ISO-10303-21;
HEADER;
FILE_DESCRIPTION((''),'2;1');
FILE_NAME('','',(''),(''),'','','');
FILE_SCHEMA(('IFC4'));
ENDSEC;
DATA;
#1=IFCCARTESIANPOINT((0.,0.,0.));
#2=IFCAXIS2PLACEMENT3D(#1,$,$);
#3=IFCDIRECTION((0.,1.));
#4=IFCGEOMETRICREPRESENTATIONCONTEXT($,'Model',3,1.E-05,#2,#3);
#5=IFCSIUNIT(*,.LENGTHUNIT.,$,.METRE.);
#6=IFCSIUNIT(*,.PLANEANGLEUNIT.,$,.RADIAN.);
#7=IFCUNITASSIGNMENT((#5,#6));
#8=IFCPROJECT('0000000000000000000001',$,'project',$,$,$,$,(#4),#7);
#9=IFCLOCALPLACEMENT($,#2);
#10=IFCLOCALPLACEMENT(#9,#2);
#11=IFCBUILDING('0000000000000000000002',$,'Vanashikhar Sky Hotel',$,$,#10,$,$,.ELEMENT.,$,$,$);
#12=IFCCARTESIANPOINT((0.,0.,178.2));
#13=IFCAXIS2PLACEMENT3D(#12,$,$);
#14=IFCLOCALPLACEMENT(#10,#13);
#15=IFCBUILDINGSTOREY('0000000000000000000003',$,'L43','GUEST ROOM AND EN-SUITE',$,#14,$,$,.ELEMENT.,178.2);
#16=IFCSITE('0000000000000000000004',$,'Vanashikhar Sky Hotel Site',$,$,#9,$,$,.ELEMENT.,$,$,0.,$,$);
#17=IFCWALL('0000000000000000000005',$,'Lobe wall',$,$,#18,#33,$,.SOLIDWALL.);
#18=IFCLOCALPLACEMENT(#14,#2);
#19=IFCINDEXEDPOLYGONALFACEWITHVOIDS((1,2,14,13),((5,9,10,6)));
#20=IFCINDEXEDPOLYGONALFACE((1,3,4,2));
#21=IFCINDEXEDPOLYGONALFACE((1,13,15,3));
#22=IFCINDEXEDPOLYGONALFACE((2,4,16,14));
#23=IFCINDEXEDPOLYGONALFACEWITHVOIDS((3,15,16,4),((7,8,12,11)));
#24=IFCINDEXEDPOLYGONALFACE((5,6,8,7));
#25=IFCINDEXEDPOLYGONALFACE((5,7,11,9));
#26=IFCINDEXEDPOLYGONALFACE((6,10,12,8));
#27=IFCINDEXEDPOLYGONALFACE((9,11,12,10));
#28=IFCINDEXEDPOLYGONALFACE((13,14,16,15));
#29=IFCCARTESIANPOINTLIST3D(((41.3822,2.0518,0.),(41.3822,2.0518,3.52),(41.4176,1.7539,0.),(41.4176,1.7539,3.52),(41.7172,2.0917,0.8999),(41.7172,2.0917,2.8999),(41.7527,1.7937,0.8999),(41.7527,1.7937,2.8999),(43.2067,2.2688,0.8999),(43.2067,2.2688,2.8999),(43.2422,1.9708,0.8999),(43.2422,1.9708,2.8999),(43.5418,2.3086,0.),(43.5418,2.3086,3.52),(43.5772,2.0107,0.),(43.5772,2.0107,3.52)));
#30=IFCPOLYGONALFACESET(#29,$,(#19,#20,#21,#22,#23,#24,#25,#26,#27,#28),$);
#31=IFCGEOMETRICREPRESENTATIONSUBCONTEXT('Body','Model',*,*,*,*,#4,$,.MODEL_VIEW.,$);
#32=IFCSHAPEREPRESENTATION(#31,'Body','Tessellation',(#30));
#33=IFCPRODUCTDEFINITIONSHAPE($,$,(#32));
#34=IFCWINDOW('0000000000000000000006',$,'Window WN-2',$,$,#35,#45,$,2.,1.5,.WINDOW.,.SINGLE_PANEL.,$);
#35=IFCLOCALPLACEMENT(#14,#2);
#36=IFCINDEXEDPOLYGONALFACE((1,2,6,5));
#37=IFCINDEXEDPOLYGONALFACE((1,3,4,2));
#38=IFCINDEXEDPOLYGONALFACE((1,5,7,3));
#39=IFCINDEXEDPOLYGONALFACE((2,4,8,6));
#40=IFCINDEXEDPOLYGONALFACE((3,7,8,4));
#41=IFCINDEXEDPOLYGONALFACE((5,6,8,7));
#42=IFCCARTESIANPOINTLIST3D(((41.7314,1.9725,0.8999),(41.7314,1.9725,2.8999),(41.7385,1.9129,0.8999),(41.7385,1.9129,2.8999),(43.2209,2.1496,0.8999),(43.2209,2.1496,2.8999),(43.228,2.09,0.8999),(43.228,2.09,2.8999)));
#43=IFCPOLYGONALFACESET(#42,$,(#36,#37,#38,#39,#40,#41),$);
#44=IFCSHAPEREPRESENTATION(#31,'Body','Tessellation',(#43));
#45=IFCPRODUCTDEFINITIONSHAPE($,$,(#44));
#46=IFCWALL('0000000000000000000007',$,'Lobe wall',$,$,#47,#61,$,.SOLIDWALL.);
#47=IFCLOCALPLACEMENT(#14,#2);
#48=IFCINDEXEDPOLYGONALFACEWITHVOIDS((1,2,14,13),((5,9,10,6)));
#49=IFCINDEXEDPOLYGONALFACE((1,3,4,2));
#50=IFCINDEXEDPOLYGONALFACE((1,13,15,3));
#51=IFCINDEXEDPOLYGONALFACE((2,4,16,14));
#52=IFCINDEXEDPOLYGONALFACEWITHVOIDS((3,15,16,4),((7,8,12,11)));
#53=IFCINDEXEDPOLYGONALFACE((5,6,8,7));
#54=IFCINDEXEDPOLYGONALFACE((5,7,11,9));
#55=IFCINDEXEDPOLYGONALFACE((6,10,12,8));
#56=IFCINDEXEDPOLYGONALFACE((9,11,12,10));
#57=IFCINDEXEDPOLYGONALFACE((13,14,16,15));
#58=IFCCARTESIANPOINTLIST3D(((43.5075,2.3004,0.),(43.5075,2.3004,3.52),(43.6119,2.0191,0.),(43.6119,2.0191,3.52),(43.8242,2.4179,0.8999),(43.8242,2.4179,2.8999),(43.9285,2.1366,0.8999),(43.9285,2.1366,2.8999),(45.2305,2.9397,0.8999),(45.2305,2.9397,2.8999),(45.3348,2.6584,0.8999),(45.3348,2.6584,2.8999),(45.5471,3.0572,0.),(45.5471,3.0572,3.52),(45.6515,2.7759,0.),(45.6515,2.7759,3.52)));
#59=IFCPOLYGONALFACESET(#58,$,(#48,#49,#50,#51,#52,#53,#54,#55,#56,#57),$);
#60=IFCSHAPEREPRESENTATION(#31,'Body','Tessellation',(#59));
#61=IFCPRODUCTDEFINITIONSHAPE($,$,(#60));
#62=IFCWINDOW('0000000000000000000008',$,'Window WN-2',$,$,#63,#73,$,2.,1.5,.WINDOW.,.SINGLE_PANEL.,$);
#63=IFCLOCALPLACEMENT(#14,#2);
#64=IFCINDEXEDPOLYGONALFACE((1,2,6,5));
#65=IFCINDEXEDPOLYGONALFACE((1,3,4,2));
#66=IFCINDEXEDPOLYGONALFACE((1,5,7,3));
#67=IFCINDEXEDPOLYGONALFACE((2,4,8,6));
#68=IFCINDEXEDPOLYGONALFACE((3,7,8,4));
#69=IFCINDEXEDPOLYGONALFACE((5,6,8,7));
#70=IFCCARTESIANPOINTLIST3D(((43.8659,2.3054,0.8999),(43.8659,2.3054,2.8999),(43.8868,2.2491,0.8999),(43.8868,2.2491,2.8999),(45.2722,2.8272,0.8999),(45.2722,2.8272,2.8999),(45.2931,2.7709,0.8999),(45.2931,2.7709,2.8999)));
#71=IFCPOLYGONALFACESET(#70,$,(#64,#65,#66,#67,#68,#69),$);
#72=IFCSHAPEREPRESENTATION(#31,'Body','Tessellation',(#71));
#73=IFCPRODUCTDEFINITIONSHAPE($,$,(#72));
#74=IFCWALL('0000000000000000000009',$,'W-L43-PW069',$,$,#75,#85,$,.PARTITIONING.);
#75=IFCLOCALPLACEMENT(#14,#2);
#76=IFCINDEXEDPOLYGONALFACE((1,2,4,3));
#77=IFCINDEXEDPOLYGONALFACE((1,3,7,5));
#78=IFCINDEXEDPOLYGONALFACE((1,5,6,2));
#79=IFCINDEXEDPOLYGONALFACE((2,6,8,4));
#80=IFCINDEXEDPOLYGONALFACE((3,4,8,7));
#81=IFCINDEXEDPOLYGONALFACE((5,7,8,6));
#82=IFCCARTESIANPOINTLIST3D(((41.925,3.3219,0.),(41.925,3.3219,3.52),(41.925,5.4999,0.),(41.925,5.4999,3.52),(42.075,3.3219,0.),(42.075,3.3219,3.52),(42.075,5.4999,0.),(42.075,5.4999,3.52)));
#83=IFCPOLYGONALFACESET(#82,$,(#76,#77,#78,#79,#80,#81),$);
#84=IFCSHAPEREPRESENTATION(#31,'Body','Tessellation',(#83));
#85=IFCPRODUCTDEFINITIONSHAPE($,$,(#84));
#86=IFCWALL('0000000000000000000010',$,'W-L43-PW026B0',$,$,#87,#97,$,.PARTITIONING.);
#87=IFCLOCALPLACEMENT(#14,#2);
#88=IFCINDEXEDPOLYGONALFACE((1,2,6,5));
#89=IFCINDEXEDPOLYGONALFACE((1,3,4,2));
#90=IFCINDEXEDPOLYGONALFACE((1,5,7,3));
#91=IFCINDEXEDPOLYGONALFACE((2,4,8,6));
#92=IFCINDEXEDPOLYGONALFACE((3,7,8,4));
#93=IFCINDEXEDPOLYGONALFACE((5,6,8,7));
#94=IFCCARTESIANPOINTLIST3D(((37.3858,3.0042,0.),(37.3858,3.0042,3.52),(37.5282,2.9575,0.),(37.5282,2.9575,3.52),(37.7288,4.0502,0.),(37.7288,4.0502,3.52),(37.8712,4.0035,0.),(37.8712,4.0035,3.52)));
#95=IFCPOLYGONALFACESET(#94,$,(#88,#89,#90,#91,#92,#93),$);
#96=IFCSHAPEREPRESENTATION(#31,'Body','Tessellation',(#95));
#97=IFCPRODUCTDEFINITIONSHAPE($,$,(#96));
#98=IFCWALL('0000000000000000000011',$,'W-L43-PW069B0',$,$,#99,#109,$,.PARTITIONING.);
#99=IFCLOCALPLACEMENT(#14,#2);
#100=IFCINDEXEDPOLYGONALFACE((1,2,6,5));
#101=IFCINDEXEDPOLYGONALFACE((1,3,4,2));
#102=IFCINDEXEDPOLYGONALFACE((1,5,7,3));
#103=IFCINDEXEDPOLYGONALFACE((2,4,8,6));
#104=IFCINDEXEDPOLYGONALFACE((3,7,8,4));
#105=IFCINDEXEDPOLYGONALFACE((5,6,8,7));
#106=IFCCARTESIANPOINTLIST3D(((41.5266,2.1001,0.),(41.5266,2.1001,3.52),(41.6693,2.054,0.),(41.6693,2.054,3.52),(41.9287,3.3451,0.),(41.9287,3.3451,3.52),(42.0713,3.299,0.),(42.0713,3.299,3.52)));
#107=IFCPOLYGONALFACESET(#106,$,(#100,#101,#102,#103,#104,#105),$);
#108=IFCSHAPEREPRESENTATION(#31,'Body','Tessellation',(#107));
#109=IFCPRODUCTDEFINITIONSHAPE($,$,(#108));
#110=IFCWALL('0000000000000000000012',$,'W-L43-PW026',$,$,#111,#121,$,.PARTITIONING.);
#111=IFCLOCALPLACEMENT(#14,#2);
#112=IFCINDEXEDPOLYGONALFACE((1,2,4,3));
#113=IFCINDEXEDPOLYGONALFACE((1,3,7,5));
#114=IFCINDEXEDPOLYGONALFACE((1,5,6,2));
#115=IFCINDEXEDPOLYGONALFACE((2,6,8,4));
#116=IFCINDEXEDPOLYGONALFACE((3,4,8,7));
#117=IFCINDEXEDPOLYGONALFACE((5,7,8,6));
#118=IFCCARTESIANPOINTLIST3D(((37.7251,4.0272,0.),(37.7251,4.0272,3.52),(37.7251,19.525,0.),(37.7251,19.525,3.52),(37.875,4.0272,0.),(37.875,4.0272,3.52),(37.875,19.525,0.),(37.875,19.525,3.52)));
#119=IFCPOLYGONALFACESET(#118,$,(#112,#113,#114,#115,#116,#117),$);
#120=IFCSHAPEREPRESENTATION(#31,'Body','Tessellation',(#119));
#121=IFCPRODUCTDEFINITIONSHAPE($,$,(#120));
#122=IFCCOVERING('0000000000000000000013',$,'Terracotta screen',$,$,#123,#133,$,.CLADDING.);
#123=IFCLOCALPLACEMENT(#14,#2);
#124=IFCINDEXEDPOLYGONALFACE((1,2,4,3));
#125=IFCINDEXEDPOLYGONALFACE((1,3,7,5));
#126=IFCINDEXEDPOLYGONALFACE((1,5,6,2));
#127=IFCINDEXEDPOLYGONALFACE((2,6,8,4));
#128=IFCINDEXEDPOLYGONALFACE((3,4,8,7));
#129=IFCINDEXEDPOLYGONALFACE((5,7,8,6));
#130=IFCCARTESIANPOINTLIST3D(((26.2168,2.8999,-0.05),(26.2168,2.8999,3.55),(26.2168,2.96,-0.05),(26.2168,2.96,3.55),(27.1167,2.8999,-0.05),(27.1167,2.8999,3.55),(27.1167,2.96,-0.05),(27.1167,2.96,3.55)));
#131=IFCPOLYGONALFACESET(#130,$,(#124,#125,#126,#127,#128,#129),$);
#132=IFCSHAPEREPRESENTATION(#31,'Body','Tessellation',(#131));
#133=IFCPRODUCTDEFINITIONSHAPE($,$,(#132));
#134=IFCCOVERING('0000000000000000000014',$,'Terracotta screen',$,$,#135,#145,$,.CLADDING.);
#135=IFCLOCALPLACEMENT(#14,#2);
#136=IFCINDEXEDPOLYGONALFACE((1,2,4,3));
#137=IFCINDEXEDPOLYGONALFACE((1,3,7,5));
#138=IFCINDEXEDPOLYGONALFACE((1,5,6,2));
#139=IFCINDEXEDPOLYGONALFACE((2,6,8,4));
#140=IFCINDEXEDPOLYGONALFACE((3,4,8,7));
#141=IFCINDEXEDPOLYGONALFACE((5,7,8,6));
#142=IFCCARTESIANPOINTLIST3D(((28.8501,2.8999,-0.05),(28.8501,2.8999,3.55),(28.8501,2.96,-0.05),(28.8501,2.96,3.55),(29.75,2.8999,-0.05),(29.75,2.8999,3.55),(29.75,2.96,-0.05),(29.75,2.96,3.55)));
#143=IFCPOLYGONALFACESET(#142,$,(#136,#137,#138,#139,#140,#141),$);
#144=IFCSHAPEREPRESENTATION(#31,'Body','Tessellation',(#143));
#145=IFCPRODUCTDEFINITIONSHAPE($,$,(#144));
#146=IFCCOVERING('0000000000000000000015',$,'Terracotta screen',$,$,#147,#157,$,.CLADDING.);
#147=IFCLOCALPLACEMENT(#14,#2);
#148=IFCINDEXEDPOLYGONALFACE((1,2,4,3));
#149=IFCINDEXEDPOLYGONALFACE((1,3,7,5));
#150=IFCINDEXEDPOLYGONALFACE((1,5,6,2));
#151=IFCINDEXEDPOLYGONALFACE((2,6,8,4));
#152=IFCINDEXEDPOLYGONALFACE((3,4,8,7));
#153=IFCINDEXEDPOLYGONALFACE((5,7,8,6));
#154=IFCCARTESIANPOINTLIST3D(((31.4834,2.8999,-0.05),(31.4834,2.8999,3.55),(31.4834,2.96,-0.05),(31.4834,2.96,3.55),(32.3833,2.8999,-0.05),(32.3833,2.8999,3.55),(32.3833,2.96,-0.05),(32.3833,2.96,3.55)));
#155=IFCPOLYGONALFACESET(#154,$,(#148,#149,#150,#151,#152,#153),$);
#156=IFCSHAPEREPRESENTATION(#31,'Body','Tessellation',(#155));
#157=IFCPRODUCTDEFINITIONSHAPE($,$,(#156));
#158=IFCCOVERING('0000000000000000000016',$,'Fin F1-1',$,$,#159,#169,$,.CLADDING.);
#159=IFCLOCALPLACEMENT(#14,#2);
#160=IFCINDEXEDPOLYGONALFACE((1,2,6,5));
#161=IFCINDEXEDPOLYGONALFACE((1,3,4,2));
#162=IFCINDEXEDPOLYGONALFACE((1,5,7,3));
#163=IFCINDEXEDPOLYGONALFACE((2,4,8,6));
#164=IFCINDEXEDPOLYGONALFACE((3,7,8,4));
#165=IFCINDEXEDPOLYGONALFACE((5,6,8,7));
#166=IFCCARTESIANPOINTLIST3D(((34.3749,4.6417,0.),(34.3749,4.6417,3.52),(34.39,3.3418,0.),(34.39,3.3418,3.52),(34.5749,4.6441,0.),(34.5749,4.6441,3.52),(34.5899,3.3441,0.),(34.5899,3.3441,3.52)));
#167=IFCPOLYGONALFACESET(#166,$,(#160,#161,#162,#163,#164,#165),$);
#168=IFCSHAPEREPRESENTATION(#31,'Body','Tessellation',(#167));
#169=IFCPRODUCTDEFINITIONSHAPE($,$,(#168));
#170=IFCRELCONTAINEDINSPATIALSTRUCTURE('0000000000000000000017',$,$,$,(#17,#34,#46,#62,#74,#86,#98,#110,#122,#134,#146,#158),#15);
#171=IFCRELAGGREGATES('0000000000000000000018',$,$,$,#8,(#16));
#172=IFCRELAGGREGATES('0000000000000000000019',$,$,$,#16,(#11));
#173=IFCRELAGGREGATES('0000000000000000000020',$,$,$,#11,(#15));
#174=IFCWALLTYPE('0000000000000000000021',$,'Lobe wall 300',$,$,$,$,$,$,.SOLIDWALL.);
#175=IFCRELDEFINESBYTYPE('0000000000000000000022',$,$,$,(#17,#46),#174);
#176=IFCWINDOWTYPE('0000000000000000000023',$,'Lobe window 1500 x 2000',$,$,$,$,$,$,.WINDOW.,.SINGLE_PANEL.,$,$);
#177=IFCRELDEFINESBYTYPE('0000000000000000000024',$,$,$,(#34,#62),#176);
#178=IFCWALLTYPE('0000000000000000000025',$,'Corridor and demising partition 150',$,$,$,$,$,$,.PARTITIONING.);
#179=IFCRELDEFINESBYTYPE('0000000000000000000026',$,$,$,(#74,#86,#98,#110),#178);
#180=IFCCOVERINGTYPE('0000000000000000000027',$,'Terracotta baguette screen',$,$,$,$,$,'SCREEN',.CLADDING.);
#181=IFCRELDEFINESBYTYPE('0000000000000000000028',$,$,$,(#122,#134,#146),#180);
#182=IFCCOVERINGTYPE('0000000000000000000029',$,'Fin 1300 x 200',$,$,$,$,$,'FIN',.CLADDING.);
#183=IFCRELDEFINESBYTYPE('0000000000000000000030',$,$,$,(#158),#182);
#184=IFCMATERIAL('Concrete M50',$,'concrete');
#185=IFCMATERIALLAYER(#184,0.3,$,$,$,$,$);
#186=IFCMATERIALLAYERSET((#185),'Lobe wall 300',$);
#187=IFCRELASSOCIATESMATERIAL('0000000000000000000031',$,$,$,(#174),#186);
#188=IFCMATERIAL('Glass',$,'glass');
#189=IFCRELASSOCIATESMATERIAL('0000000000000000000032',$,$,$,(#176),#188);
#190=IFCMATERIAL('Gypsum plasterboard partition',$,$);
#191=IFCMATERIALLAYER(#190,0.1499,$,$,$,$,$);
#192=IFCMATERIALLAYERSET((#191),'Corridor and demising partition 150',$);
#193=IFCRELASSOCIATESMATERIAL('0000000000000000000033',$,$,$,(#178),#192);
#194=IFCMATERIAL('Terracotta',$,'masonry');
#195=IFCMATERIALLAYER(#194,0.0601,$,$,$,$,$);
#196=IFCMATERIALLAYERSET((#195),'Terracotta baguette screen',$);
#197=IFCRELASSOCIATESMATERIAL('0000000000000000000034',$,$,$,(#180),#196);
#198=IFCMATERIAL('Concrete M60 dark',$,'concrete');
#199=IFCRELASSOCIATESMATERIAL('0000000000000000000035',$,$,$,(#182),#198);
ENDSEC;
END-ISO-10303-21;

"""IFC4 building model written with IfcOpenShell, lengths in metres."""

from ifc_helpers import new_model, si_unit, direction, frame, frame_2d, origin, origin_2d, place, context, subcontext, project, spatial, rectangle, extrude, source, transform, mapped, material, layer, layer_set, material_profile, profile_set, type_object, element, fill, save


model = new_model("IFC4")

# Units and contexts
model_context = context("Model", 3, precision=1e-05, world=origin(), true_north=direction((0.0, 1.0)))
body_context = subcontext(model_context, "Body", "Model", "MODEL_VIEW")
ifc_project = project(units=[si_unit("LENGTHUNIT", "METRE"), si_unit("PLANEANGLEUNIT", "RADIAN")], contexts=[model_context])

# Site, building, storey
site_placement = place(None, origin())
site = spatial("IfcSite", under=ifc_project, at=site_placement, Name="Vanashikhar Sky Hotel Site", CompositionType="ELEMENT", RefElevation=0.0)
building_placement = place(site_placement, origin())
building = spatial("IfcBuilding", under=site, at=building_placement, Name="Vanashikhar Sky Hotel", CompositionType="ELEMENT")
storey_placement = place(building_placement, frame((0.0, 0.0, 178.2)))
storey = spatial("IfcBuildingStorey", under=building, at=storey_placement, Name="L43", Description="GUEST ROOM AND EN-SUITE", CompositionType="ELEMENT", Elevation=178.2)

# Walls, openings, windows
ifc_material_1 = material(Name="Concrete M50", Category="concrete")
ifc_layer_1 = layer(ifc_material_1, 0.3)
ifc_layer_set_1 = layer_set([ifc_layer_1], Name="Lobe wall 300")
wall_type_1 = type_object("IfcWallType", Name="Lobe wall 300", PredefinedType="SOLIDWALL", material=ifc_layer_set_1)
shared_shape_1 = source(origin(), body_context, "Body", "SweptSolid", [
    extrude(rectangle(XDim=1.5, YDim=2.0, at=frame_2d((0.75, 1.0))), frame((0.0, 0.1602, 0.0), z_axis=(0.0, -1.0, 0.0), x_axis=(1.0, 0.0, 0.0)), (0.0, 0.0, 1.0), 0.3201),
])
ifc_material_2 = material(Name="Glass", Category="glass")
window_type = type_object("IfcWindowType", Name="Lobe window 1500 x 2000", PartitioningType="SINGLE_PANEL", PredefinedType="WINDOW", material=ifc_material_2)
shared_shape_2 = source(origin(), body_context, "Body", "SweptSolid", [
    extrude(rectangle(XDim=1.5, YDim=2.0, at=frame_2d((0.75, 1.0))), frame((0.0, 0.03, 0.0), z_axis=(0.0, -1.0, 0.0), x_axis=(1.0, 0.0, 0.0)), (0.0, 0.0, 1.0), 0.0601),
])
shared_shape_3 = source(origin(), body_context, "Body", "SweptSolid", [
    extrude(rectangle(XDim=2.1748, YDim=0.3, at=frame_2d((1.0874, 0.0))), origin(), (0.0, 0.0, 1.0), 3.52),
])
wall_1_placement = place(storey_placement, frame((41.3999, 1.9028, 0.0), z_axis=(0.0, 0.0, 1.0), x_axis=(0.993003, 0.118092, 0.0)))
wall_1 = element("IfcWall", 1, at=wall_1_placement, inside=storey, type_object=wall_type_1, Name="Lobe wall", PredefinedType="SOLIDWALL", context=body_context, shape_type="MappedRepresentation", body=[
    mapped(shared_shape_3, transform((0.0, 0.0, 0.0), scale=1.0)),
])
opening_1_placement = place(wall_1_placement, frame((0.3374, 0.0, 0.8999)))
opening_1 = element("IfcOpeningElement", 2, at=opening_1_placement, cuts=wall_1, PredefinedType="OPENING", context=body_context, shape_type="MappedRepresentation", body=[
    mapped(shared_shape_1, transform((0.0, 0.0, 0.0), scale=1.0)),
])
window_1_placement = place(opening_1_placement, origin())
window_1 = element("IfcWindow", 3, at=window_1_placement, inside=storey, type_object=window_type, Name="Window WN-2", OverallHeight=2.0, OverallWidth=1.5, PartitioningType="SINGLE_PANEL", PredefinedType="WINDOW", context=body_context, shape_type="MappedRepresentation", body=[
    mapped(shared_shape_2, transform((0.0, 0.0, 0.0), scale=1.0)),
])
fill(opening_1, window_1)
shared_shape_4 = source(origin(), body_context, "Body", "SweptSolid", [
    extrude(rectangle(XDim=2.1755, YDim=0.3, at=frame_2d((1.0879, 0.0))), origin(), (0.0, 0.0, 1.0), 3.52),
])
wall_2_placement = place(storey_placement, frame((43.5596, 2.1597, 0.0), z_axis=(0.0, 0.0, 1.0), x_axis=(0.937532, 0.347899, 0.0)))
wall_2 = element("IfcWall", 4, at=wall_2_placement, inside=storey, type_object=wall_type_1, Name="Lobe wall", PredefinedType="SOLIDWALL", context=body_context, shape_type="MappedRepresentation", body=[
    mapped(shared_shape_4, transform((0.0, 0.0, 0.0), scale=1.0)),
])
opening_2_placement = place(wall_2_placement, frame((0.3379, 0.0, 0.8999)))
opening_2 = element("IfcOpeningElement", 5, at=opening_2_placement, cuts=wall_2, PredefinedType="OPENING", context=body_context, shape_type="MappedRepresentation", body=[
    mapped(shared_shape_1, transform((0.0, 0.0, 0.0), scale=1.0)),
])
window_2_placement = place(opening_2_placement, origin())
window_2 = element("IfcWindow", 6, at=window_2_placement, inside=storey, type_object=window_type, Name="Window WN-2", OverallHeight=2.0, OverallWidth=1.5, PartitioningType="SINGLE_PANEL", PredefinedType="WINDOW", context=body_context, shape_type="MappedRepresentation", body=[
    mapped(shared_shape_2, transform((0.0, 0.0, 0.0), scale=1.0)),
])
fill(opening_2, window_2)

# Walls
ifc_material_3 = material(Name="Gypsum plasterboard partition")
ifc_layer_2 = layer(ifc_material_3, 0.1499)
ifc_layer_set_2 = layer_set([ifc_layer_2], Name="Corridor and demising partition 150")
wall_type_2 = type_object("IfcWallType", Name="Corridor and demising partition 150", PredefinedType="PARTITIONING", material=ifc_layer_set_2)
shared_shape_5 = source(origin(), body_context, "Body", "SweptSolid", [
    extrude(rectangle(XDim=2.178, YDim=0.1499, at=frame_2d((1.0889, 0.0))), origin(), (0.0, 0.0, 1.0), 3.52),
])
wall_3_placement = place(storey_placement, frame((42.0, 3.322, 0.0), z_axis=(0.0, 0.0, 1.0), x_axis=(0.0, 1.0, 0.0)))
element("IfcWall", 7, at=wall_3_placement, inside=storey, type_object=wall_type_2, Name="W-L43-PW069", PredefinedType="PARTITIONING", context=body_context, shape_type="MappedRepresentation", body=[
    mapped(shared_shape_5, transform((0.0, 0.0, 0.0), scale=1.0)),
])
shared_shape_6 = source(origin(), body_context, "Body", "SweptSolid", [
    extrude(rectangle(XDim=1.1008, YDim=0.1499, at=frame_2d((0.5503, 0.0))), origin(), (0.0, 0.0, 1.0), 3.52),
])
wall_4_placement = place(storey_placement, frame((37.457, 2.981, 0.0), z_axis=(0.0, 0.0, 1.0), x_axis=(0.311567, 0.950224, 0.0)))
element("IfcWall", 8, at=wall_4_placement, inside=storey, type_object=wall_type_2, Name="W-L43-PW026B0", PredefinedType="PARTITIONING", context=body_context, shape_type="MappedRepresentation", body=[
    mapped(shared_shape_6, transform((0.0, 0.0, 0.0), scale=1.0)),
])
shared_shape_7 = source(origin(), body_context, "Body", "SweptSolid", [
    extrude(rectangle(XDim=1.3083, YDim=0.1499, at=frame_2d((0.6543, 0.0))), origin(), (0.0, 0.0, 1.0), 3.52),
])
wall_5_placement = place(storey_placement, frame((41.5979, 2.0769, 0.0), z_axis=(0.0, 0.0, 1.0), x_axis=(0.307314, 0.951608, 0.0)))
element("IfcWall", 9, at=wall_5_placement, inside=storey, type_object=wall_type_2, Name="W-L43-PW069B0", PredefinedType="PARTITIONING", context=body_context, shape_type="MappedRepresentation", body=[
    mapped(shared_shape_7, transform((0.0, 0.0, 0.0), scale=1.0)),
])
shared_shape_8 = source(origin(), body_context, "Body", "SweptSolid", [
    extrude(rectangle(XDim=15.4978, YDim=0.1499, at=frame_2d((7.749, 0.0))), origin(), (0.0, 0.0, 1.0), 3.52),
])
wall_6_placement = place(storey_placement, frame((37.8, 4.0271, 0.0), z_axis=(0.0, 0.0, 1.0), x_axis=(0.0, 1.0, 0.0)))
element("IfcWall", 10, at=wall_6_placement, inside=storey, type_object=wall_type_2, Name="W-L43-PW026", PredefinedType="PARTITIONING", context=body_context, shape_type="MappedRepresentation", body=[
    mapped(shared_shape_8, transform((0.0, 0.0, 0.0), scale=1.0)),
])

# Coverings
ifc_material_4 = material(Name="Terracotta", Category="masonry")
ifc_layer_3 = layer(ifc_material_4, 0.0601)
ifc_layer_set_3 = layer_set([ifc_layer_3], Name="Terracotta baguette screen")
covering_type_1 = type_object("IfcCoveringType", Name="Terracotta baguette screen", ElementType="SCREEN", PredefinedType="CLADDING", material=ifc_layer_set_3)
shared_shape_9 = source(origin(), body_context, "Body", "SweptSolid", [
    extrude(rectangle(XDim=0.8999, YDim=0.0601, at=origin_2d()), origin(), (0.0, 0.0, 1.0), 3.6001),
])
for number, where, z_axis, x_axis, name in (
    (11, (26.6667, 2.9299, -0.05), (0.0, 0.0, 1.0), (1.0, 0.0, 0.0), "Terracotta screen"),
    (12, (29.3, 2.9299, -0.05), (0.0, 0.0, 1.0), (1.0, 0.0, 0.0), "Terracotta screen"),
    (13, (31.9333, 2.9299, -0.05), (0.0, 0.0, 1.0), (1.0, 0.0, 0.0), "Terracotta screen"),
):
    element("IfcCovering", number, at=place(storey_placement, frame(where, z_axis=z_axis, x_axis=x_axis)), inside=storey, type_object=covering_type_1, Name=name, PredefinedType="CLADDING", context=body_context, shape_type="MappedRepresentation", body=[
        mapped(shared_shape_9, transform((0.0, 0.0, 0.0), scale=1.0)),
    ])
ifc_material_5 = material(Name="Concrete M60 dark", Category="concrete")
ifc_material_profile = material_profile(ifc_material_5, rectangle(XDim=1.3, YDim=0.2, at=origin_2d()))
ifc_profile_set = profile_set([ifc_material_profile], Name="Fin 1300 x 200")
covering_type_2 = type_object("IfcCoveringType", Name="Fin 1300 x 200", ElementType="FIN", PredefinedType="CLADDING", material=ifc_profile_set)
shared_shape_10 = source(origin(), body_context, "Body", "SweptSolid", [
    extrude(rectangle(XDim=1.3, YDim=0.2, at=origin_2d()), origin(), (0.0, 0.0, 1.0), 3.52),
])
for number, where, z_axis, x_axis, name in (
    (14, (34.4824, 3.9929, 0.0), (0.0, 0.0, 1.0), (0.011589, -0.999933, 0.0), "Fin F1-1"),
):
    element("IfcCovering", number, at=place(storey_placement, frame(where, z_axis=z_axis, x_axis=x_axis)), inside=storey, type_object=covering_type_2, Name=name, PredefinedType="CLADDING", context=body_context, shape_type="MappedRepresentation", body=[
        mapped(shared_shape_10, transform((0.0, 0.0, 0.0), scale=1.0)),
    ])

save(model, "model.ifc")
